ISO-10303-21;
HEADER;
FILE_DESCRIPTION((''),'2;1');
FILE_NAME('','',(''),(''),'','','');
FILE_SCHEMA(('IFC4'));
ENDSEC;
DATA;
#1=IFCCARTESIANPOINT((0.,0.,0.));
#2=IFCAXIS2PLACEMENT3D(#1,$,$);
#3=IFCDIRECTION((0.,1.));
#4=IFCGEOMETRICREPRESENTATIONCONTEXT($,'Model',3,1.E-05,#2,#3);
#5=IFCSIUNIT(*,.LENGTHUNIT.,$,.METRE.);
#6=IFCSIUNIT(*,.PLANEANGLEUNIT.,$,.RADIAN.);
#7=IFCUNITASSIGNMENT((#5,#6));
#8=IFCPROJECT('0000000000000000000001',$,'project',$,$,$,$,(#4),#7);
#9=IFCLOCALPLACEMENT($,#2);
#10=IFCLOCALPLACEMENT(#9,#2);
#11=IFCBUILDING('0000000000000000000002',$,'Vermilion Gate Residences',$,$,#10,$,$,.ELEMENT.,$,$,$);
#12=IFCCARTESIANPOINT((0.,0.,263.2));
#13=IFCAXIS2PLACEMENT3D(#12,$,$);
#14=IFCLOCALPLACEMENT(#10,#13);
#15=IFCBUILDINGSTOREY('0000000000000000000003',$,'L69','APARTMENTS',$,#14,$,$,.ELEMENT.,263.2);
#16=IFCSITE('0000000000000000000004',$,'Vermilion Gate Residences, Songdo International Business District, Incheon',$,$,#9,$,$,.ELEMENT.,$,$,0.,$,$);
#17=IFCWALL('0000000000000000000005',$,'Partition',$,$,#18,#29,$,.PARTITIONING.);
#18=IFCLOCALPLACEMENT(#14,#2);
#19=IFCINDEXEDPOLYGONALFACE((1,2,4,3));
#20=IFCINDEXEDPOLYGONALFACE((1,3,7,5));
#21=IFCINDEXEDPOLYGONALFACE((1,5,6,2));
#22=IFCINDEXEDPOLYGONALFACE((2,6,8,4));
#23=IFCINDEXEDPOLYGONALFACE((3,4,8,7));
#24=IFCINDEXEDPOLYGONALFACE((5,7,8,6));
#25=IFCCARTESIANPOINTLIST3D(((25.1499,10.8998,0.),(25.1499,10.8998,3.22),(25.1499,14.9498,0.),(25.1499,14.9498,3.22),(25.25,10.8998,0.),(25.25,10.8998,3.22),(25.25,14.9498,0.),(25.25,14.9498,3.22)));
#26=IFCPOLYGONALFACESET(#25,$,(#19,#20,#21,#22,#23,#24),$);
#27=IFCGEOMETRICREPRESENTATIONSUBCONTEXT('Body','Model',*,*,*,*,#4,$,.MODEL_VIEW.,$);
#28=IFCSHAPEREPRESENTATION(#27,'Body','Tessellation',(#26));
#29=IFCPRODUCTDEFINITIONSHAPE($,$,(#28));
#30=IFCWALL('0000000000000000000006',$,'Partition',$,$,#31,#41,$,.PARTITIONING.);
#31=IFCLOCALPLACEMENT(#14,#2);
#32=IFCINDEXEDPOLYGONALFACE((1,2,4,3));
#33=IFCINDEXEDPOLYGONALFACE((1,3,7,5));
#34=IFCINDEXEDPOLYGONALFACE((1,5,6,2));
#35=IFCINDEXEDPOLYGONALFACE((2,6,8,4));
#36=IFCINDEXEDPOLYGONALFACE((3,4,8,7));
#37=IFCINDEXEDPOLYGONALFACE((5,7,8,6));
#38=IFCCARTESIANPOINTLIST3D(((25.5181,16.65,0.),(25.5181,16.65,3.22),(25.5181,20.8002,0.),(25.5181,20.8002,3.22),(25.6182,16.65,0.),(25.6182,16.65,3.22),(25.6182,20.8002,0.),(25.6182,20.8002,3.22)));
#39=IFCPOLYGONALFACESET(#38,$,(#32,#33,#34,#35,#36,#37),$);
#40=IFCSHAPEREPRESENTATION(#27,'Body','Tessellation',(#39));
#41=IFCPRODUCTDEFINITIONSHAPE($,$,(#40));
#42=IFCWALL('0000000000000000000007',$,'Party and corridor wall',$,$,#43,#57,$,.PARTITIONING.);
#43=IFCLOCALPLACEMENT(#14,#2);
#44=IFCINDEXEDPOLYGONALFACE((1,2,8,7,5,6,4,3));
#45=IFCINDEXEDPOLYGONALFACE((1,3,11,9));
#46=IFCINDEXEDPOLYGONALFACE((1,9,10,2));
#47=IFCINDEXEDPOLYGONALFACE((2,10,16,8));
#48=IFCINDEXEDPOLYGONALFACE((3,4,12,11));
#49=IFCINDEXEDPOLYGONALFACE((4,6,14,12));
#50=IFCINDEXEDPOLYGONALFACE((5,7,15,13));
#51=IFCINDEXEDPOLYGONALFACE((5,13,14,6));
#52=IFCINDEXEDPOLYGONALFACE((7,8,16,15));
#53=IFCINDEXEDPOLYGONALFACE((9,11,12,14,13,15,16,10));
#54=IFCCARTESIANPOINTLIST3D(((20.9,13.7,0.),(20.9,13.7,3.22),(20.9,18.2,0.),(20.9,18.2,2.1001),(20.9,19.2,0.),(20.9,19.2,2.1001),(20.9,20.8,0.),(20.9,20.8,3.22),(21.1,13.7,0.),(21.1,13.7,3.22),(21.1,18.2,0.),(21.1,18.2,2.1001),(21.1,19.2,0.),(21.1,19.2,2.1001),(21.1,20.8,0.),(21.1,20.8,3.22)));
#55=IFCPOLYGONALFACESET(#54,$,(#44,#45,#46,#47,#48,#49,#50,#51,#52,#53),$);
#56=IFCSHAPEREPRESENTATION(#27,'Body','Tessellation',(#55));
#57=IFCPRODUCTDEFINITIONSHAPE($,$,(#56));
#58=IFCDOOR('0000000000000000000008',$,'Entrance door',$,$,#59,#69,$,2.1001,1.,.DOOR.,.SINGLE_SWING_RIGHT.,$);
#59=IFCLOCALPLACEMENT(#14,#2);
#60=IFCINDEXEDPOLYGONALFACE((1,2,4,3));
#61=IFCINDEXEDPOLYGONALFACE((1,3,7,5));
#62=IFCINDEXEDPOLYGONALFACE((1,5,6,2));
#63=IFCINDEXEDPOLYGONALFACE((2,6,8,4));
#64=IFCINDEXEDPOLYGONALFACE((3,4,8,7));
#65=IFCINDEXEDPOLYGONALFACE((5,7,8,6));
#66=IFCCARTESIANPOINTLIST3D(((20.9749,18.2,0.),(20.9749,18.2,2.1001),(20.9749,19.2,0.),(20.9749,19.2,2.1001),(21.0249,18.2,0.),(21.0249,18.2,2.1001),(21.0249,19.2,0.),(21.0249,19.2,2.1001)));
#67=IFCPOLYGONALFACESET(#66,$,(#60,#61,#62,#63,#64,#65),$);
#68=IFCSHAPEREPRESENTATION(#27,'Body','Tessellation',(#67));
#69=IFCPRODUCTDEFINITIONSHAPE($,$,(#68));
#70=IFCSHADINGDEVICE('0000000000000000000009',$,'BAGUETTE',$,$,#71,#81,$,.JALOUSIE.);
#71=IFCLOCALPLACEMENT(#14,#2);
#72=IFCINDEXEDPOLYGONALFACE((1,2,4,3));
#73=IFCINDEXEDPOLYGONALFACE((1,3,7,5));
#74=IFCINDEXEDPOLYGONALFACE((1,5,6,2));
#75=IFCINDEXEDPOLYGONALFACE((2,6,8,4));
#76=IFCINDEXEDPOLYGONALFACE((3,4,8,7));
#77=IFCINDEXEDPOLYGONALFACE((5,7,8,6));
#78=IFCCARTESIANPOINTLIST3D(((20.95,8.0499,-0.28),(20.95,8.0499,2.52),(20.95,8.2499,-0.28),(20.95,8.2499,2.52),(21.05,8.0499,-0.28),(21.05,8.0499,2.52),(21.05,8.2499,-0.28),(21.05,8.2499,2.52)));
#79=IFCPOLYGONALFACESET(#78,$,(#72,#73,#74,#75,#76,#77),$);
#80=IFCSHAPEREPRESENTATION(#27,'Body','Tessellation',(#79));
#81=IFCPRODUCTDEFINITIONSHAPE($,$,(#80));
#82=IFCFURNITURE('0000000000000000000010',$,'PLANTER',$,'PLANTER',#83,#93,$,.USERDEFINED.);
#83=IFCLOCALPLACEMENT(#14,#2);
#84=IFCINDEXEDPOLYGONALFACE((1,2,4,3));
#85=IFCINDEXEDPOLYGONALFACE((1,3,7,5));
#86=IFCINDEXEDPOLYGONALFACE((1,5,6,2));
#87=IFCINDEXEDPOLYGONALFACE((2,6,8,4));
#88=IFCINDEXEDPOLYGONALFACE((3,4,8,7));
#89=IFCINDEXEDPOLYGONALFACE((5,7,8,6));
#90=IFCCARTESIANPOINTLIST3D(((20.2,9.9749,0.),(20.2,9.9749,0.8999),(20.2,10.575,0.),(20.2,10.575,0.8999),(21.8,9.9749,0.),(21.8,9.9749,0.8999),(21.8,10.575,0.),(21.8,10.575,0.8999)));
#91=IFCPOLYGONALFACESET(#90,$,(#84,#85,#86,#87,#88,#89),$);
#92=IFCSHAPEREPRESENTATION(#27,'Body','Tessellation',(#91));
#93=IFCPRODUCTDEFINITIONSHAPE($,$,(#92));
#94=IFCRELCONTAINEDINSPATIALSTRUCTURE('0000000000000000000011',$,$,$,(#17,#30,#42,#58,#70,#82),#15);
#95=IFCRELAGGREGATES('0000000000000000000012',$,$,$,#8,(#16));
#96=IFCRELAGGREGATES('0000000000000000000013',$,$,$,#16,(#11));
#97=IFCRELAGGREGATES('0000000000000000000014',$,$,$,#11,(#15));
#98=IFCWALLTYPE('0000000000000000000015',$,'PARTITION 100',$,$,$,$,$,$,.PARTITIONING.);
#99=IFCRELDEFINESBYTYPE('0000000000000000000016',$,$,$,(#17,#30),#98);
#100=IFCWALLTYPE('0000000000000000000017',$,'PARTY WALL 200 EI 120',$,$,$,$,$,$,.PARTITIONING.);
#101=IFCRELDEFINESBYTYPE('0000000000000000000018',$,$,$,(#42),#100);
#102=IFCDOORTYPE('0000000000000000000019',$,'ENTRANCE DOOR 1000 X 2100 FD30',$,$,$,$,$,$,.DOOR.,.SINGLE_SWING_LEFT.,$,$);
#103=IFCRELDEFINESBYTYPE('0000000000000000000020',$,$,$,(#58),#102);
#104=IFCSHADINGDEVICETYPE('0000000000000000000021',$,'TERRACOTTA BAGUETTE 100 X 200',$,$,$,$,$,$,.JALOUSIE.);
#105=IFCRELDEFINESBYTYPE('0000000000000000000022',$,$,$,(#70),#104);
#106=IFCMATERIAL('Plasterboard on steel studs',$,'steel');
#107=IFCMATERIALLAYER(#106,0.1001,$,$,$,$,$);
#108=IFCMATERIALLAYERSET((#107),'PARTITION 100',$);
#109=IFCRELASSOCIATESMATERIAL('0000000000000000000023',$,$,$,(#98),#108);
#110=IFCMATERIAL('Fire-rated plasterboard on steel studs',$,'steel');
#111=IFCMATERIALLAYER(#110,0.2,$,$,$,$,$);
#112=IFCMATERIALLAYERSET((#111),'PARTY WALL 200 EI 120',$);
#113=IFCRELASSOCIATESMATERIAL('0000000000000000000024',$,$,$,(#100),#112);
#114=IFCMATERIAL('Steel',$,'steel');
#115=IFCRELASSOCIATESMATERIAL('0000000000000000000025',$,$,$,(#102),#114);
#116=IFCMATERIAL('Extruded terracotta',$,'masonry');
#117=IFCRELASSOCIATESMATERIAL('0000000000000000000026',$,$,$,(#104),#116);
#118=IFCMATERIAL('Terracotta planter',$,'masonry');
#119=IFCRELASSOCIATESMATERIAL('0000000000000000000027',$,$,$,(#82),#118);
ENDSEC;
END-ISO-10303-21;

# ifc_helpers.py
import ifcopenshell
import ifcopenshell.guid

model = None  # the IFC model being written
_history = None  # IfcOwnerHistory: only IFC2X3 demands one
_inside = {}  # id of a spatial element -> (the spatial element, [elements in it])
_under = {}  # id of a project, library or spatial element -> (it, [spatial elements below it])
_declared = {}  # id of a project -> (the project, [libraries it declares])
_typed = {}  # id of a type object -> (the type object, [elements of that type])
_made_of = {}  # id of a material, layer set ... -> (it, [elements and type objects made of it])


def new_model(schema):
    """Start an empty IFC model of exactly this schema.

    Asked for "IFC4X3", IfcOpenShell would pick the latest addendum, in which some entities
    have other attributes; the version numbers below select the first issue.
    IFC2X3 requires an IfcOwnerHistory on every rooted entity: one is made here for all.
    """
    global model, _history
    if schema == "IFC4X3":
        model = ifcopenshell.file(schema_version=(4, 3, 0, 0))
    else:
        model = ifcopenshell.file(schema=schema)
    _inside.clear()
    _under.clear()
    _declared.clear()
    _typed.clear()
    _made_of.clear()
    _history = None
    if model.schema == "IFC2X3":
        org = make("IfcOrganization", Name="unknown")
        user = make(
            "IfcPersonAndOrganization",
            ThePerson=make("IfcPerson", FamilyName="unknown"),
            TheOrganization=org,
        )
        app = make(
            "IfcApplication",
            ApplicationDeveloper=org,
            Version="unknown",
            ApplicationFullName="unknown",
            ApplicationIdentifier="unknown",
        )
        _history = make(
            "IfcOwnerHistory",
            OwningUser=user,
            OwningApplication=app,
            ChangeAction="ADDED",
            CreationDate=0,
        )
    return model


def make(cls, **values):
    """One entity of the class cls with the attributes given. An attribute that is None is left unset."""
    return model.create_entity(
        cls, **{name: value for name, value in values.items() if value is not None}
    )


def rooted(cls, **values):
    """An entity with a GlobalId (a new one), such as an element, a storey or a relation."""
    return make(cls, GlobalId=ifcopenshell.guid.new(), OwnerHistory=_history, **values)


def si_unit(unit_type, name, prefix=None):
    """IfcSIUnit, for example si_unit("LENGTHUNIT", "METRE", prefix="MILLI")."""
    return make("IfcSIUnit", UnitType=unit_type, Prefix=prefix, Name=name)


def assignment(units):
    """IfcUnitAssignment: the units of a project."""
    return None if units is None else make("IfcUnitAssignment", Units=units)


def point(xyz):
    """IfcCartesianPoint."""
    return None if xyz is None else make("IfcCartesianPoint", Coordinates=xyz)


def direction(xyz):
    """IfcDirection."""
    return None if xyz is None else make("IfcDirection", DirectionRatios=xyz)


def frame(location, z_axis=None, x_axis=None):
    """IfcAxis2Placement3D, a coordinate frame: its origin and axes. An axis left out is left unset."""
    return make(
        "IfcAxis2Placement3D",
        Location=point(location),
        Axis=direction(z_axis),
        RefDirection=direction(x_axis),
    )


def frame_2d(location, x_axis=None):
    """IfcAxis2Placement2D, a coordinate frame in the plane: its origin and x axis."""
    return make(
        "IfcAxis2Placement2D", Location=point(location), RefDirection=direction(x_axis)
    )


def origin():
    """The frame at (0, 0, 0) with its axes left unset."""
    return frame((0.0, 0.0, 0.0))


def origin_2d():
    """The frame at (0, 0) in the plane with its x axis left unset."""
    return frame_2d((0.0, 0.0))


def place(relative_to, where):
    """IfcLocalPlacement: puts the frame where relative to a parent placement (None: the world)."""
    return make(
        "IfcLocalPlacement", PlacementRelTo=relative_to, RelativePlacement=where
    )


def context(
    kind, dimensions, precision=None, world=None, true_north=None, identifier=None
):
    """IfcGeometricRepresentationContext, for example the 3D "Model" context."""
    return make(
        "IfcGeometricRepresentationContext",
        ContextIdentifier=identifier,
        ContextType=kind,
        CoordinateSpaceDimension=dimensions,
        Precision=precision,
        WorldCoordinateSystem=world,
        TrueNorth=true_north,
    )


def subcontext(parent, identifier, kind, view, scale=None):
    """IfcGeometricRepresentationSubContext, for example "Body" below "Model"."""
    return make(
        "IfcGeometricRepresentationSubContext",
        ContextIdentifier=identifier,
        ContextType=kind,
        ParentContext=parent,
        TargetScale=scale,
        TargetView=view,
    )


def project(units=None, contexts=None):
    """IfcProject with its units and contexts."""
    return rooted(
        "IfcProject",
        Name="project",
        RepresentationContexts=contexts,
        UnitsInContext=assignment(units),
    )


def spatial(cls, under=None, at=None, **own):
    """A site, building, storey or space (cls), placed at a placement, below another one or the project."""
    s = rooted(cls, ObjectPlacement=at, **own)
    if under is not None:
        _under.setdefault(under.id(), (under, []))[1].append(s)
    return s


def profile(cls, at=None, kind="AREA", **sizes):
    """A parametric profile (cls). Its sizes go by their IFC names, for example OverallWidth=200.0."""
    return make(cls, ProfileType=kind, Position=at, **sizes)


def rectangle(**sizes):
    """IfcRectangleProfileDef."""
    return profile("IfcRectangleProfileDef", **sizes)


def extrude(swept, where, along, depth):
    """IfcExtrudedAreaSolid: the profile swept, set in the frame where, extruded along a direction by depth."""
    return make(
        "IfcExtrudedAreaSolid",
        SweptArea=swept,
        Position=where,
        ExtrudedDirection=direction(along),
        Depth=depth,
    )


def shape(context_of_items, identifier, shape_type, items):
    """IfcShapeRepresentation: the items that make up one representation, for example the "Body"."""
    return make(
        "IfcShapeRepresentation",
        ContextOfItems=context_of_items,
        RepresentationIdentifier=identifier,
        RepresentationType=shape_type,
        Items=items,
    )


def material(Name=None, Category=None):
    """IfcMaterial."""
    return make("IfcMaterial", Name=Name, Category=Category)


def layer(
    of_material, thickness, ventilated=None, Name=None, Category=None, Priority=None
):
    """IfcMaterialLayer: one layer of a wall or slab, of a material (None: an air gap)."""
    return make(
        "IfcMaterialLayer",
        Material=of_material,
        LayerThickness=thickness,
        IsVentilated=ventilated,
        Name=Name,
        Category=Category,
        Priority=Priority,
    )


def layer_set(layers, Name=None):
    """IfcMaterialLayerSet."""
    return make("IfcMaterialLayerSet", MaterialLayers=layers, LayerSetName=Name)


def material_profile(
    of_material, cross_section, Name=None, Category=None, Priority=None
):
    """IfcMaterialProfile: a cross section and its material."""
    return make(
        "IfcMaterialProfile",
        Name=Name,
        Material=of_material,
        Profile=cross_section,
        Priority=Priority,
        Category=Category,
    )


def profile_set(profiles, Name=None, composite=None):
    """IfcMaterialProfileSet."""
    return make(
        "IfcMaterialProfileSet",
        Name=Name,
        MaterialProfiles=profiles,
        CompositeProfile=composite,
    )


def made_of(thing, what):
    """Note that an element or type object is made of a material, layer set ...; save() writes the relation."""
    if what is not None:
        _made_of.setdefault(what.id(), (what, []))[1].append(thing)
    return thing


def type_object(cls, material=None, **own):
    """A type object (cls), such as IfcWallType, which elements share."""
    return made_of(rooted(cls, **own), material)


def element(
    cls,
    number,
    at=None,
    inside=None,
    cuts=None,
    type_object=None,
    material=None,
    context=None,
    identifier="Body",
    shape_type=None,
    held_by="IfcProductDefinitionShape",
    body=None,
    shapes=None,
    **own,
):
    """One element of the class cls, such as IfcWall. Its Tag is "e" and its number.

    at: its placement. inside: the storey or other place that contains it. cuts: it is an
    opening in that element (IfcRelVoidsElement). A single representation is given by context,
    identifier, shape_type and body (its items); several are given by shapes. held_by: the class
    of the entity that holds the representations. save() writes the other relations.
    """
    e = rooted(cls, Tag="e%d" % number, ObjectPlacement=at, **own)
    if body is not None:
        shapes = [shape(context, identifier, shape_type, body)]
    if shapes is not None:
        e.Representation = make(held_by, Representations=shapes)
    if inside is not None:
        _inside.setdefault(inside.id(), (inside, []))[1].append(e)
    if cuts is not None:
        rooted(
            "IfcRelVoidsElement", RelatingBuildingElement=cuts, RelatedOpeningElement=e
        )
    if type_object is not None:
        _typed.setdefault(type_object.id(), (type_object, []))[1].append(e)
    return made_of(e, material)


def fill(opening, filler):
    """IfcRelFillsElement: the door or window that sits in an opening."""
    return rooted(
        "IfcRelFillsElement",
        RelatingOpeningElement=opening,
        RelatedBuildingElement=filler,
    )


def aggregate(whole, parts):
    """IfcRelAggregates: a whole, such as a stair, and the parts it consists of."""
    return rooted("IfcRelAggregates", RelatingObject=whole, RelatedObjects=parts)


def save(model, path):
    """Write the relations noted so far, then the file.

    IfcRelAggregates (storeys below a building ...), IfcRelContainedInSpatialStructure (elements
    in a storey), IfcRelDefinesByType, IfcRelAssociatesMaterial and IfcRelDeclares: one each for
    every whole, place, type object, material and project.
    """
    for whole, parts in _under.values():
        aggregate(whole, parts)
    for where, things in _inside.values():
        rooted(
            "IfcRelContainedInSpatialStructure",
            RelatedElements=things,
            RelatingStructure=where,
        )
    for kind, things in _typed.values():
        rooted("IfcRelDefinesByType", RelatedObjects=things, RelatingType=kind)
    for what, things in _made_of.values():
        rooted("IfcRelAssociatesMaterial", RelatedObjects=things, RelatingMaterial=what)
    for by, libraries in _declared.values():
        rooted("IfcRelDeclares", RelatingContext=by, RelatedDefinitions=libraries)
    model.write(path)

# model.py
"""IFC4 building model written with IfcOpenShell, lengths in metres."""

from ifc_helpers import new_model, si_unit, direction, frame, frame_2d, origin, origin_2d, place, context, subcontext, project, spatial, rectangle, extrude, material, layer, layer_set, material_profile, profile_set, type_object, element, fill, save


model = new_model("IFC4")

# Units and contexts
model_context = context("Model", 3, precision=1e-05, world=origin(), true_north=direction((0.0, 1.0)))
body_context = subcontext(model_context, "Body", "Model", "MODEL_VIEW")
ifc_project = project(units=[si_unit("LENGTHUNIT", "METRE"), si_unit("PLANEANGLEUNIT", "RADIAN")], contexts=[model_context])

# Site, building, storey
site_placement = place(None, origin())
site = spatial("IfcSite", under=ifc_project, at=site_placement, Name="Vermilion Gate Residences, Songdo International Business District, Incheon", CompositionType="ELEMENT", RefElevation=0.0)
building_placement = place(site_placement, origin())
building = spatial("IfcBuilding", under=site, at=building_placement, Name="Vermilion Gate Residences", CompositionType="ELEMENT")
storey_placement = place(building_placement, frame((0.0, 0.0, 263.2)))
storey = spatial("IfcBuildingStorey", under=building, at=storey_placement, Name="L69", Description="APARTMENTS", CompositionType="ELEMENT", Elevation=263.2)

# Shared definitions
ifc_material_1 = material(Name="Plasterboard on steel studs", Category="steel")
ifc_layer_1 = layer(ifc_material_1, 0.1001)
ifc_layer_set_1 = layer_set([ifc_layer_1], Name="PARTITION 100")
wall_type_1 = type_object("IfcWallType", Name="PARTITION 100", PredefinedType="PARTITIONING", material=ifc_layer_set_1)

# Walls
wall_1_placement = place(storey_placement, frame((25.2, 10.8999, 0.0), z_axis=(0.0, 0.0, 1.0), x_axis=(0.0, 1.0, 0.0)))
element("IfcWall", 1, at=wall_1_placement, inside=storey, type_object=wall_type_1, Name="Partition", PredefinedType="PARTITIONING", context=body_context, shape_type="SweptSolid", body=[
    extrude(rectangle(XDim=4.05, YDim=0.1001, at=frame_2d((2.0249, 0.0))), origin(), (0.0, 0.0, 1.0), 3.22),
])
wall_2_placement = place(storey_placement, frame((25.5681, 16.6499, 0.0), z_axis=(0.0, 0.0, 1.0), x_axis=(0.0, 1.0, 0.0)))
element("IfcWall", 2, at=wall_2_placement, inside=storey, type_object=wall_type_1, Name="Partition", PredefinedType="PARTITIONING", context=body_context, shape_type="SweptSolid", body=[
    extrude(rectangle(XDim=4.1501, YDim=0.1001, at=frame_2d((2.0752, 0.0))), origin(), (0.0, 0.0, 1.0), 3.22),
])

# Wall, opening, door
ifc_material_2 = material(Name="Fire-rated plasterboard on steel studs", Category="steel")
ifc_layer_2 = layer(ifc_material_2, 0.2)
ifc_layer_set_2 = layer_set([ifc_layer_2], Name="PARTY WALL 200 EI 120")
wall_type_2 = type_object("IfcWallType", Name="PARTY WALL 200 EI 120", PredefinedType="PARTITIONING", material=ifc_layer_set_2)
wall_3_placement = place(storey_placement, frame((21.0, 13.7, 0.0), z_axis=(0.0, 0.0, 1.0), x_axis=(0.0, 1.0, 0.0)))
wall_3 = element("IfcWall", 3, at=wall_3_placement, inside=storey, type_object=wall_type_2, Name="Party and corridor wall", PredefinedType="PARTITIONING", context=body_context, shape_type="SweptSolid", body=[
    extrude(rectangle(XDim=7.1001, YDim=0.2, at=frame_2d((3.55, 0.0))), origin(), (0.0, 0.0, 1.0), 3.22),
])
opening_1_placement = place(wall_3_placement, frame((4.5, 0.0, 0.0)))
opening_1 = element("IfcOpeningElement", 4, at=opening_1_placement, cuts=wall_3, PredefinedType="OPENING", context=body_context, shape_type="SweptSolid", body=[
    extrude(rectangle(XDim=1.0, YDim=2.1001, at=frame_2d((0.5, 1.05))), frame((0.0, 0.1099, 0.0), z_axis=(0.0, -1.0, 0.0), x_axis=(1.0, 0.0, 0.0)), (0.0, 0.0, 1.0), 0.22),
])
ifc_material_3 = material(Name="Steel", Category="steel")
door_type_1 = type_object("IfcDoorType", Name="ENTRANCE DOOR 1000 X 2100 FD30", OperationType="SINGLE_SWING_LEFT", PredefinedType="DOOR", material=ifc_material_3)
door_1_placement = place(opening_1_placement, frame((1.0, 0.0, 0.0), z_axis=(0.0, 0.0, 1.0), x_axis=(-1.0, 0.0, 0.0)))
door_1 = element("IfcDoor", 5, at=door_1_placement, inside=storey, type_object=door_type_1, Name="Entrance door", OperationType="SINGLE_SWING_RIGHT", OverallHeight=2.1001, OverallWidth=1.0, PredefinedType="DOOR", context=body_context, shape_type="SweptSolid", body=[
    extrude(rectangle(XDim=1.0, YDim=2.1001, at=frame_2d((0.5, 1.05))), frame((0.0, 0.0249, 0.0), z_axis=(0.0, -1.0, 0.0), x_axis=(1.0, 0.0, 0.0)), (0.0, 0.0, 1.0), 0.05),
])
fill(opening_1, door_1)

# Shading device
ifc_material_4 = material(Name="Extruded terracotta", Category="masonry")
ifc_material_profile_1 = material_profile(ifc_material_4, rectangle(XDim=0.2, YDim=0.1001, at=origin_2d()), Name="BAGUETTE 100 X 200")
ifc_profile_set_1 = profile_set([ifc_material_profile_1], Name="Extruded terracotta")
shading_device_type = type_object("IfcShadingDeviceType", Name="TERRACOTTA BAGUETTE 100 X 200", PredefinedType="JALOUSIE", material=ifc_profile_set_1)
shading_device_placement = place(storey_placement, frame((21.0, 8.1499, -0.28), z_axis=(0.0, 0.0, 1.0), x_axis=(0.0, 1.0, 0.0)))
element("IfcShadingDevice", 6, at=shading_device_placement, inside=storey, type_object=shading_device_type, Name="BAGUETTE", PredefinedType="JALOUSIE", context=body_context, shape_type="SweptSolid", body=[
    extrude(rectangle(XDim=0.2, YDim=0.1001, at=origin_2d()), origin(), (0.0, 0.0, 1.0), 2.8),
])

# Furniture
ifc_material_5 = material(Name="Terracotta planter", Category="masonry")
furniture_placement = place(storey_placement, frame((21.0, 10.2749, 0.0), z_axis=(0.0, 0.0, 1.0), x_axis=(1.0, 0.0, 0.0)))
element("IfcFurniture", 7, at=furniture_placement, inside=storey, material=ifc_material_5, Name="PLANTER", ObjectType="PLANTER", PredefinedType="USERDEFINED", context=body_context, shape_type="SweptSolid", body=[
    extrude(rectangle(XDim=1.6001, YDim=0.6001, at=origin_2d()), origin(), (0.0, 0.0, 1.0), 0.8999),
])

save(model, "model.ifc")
